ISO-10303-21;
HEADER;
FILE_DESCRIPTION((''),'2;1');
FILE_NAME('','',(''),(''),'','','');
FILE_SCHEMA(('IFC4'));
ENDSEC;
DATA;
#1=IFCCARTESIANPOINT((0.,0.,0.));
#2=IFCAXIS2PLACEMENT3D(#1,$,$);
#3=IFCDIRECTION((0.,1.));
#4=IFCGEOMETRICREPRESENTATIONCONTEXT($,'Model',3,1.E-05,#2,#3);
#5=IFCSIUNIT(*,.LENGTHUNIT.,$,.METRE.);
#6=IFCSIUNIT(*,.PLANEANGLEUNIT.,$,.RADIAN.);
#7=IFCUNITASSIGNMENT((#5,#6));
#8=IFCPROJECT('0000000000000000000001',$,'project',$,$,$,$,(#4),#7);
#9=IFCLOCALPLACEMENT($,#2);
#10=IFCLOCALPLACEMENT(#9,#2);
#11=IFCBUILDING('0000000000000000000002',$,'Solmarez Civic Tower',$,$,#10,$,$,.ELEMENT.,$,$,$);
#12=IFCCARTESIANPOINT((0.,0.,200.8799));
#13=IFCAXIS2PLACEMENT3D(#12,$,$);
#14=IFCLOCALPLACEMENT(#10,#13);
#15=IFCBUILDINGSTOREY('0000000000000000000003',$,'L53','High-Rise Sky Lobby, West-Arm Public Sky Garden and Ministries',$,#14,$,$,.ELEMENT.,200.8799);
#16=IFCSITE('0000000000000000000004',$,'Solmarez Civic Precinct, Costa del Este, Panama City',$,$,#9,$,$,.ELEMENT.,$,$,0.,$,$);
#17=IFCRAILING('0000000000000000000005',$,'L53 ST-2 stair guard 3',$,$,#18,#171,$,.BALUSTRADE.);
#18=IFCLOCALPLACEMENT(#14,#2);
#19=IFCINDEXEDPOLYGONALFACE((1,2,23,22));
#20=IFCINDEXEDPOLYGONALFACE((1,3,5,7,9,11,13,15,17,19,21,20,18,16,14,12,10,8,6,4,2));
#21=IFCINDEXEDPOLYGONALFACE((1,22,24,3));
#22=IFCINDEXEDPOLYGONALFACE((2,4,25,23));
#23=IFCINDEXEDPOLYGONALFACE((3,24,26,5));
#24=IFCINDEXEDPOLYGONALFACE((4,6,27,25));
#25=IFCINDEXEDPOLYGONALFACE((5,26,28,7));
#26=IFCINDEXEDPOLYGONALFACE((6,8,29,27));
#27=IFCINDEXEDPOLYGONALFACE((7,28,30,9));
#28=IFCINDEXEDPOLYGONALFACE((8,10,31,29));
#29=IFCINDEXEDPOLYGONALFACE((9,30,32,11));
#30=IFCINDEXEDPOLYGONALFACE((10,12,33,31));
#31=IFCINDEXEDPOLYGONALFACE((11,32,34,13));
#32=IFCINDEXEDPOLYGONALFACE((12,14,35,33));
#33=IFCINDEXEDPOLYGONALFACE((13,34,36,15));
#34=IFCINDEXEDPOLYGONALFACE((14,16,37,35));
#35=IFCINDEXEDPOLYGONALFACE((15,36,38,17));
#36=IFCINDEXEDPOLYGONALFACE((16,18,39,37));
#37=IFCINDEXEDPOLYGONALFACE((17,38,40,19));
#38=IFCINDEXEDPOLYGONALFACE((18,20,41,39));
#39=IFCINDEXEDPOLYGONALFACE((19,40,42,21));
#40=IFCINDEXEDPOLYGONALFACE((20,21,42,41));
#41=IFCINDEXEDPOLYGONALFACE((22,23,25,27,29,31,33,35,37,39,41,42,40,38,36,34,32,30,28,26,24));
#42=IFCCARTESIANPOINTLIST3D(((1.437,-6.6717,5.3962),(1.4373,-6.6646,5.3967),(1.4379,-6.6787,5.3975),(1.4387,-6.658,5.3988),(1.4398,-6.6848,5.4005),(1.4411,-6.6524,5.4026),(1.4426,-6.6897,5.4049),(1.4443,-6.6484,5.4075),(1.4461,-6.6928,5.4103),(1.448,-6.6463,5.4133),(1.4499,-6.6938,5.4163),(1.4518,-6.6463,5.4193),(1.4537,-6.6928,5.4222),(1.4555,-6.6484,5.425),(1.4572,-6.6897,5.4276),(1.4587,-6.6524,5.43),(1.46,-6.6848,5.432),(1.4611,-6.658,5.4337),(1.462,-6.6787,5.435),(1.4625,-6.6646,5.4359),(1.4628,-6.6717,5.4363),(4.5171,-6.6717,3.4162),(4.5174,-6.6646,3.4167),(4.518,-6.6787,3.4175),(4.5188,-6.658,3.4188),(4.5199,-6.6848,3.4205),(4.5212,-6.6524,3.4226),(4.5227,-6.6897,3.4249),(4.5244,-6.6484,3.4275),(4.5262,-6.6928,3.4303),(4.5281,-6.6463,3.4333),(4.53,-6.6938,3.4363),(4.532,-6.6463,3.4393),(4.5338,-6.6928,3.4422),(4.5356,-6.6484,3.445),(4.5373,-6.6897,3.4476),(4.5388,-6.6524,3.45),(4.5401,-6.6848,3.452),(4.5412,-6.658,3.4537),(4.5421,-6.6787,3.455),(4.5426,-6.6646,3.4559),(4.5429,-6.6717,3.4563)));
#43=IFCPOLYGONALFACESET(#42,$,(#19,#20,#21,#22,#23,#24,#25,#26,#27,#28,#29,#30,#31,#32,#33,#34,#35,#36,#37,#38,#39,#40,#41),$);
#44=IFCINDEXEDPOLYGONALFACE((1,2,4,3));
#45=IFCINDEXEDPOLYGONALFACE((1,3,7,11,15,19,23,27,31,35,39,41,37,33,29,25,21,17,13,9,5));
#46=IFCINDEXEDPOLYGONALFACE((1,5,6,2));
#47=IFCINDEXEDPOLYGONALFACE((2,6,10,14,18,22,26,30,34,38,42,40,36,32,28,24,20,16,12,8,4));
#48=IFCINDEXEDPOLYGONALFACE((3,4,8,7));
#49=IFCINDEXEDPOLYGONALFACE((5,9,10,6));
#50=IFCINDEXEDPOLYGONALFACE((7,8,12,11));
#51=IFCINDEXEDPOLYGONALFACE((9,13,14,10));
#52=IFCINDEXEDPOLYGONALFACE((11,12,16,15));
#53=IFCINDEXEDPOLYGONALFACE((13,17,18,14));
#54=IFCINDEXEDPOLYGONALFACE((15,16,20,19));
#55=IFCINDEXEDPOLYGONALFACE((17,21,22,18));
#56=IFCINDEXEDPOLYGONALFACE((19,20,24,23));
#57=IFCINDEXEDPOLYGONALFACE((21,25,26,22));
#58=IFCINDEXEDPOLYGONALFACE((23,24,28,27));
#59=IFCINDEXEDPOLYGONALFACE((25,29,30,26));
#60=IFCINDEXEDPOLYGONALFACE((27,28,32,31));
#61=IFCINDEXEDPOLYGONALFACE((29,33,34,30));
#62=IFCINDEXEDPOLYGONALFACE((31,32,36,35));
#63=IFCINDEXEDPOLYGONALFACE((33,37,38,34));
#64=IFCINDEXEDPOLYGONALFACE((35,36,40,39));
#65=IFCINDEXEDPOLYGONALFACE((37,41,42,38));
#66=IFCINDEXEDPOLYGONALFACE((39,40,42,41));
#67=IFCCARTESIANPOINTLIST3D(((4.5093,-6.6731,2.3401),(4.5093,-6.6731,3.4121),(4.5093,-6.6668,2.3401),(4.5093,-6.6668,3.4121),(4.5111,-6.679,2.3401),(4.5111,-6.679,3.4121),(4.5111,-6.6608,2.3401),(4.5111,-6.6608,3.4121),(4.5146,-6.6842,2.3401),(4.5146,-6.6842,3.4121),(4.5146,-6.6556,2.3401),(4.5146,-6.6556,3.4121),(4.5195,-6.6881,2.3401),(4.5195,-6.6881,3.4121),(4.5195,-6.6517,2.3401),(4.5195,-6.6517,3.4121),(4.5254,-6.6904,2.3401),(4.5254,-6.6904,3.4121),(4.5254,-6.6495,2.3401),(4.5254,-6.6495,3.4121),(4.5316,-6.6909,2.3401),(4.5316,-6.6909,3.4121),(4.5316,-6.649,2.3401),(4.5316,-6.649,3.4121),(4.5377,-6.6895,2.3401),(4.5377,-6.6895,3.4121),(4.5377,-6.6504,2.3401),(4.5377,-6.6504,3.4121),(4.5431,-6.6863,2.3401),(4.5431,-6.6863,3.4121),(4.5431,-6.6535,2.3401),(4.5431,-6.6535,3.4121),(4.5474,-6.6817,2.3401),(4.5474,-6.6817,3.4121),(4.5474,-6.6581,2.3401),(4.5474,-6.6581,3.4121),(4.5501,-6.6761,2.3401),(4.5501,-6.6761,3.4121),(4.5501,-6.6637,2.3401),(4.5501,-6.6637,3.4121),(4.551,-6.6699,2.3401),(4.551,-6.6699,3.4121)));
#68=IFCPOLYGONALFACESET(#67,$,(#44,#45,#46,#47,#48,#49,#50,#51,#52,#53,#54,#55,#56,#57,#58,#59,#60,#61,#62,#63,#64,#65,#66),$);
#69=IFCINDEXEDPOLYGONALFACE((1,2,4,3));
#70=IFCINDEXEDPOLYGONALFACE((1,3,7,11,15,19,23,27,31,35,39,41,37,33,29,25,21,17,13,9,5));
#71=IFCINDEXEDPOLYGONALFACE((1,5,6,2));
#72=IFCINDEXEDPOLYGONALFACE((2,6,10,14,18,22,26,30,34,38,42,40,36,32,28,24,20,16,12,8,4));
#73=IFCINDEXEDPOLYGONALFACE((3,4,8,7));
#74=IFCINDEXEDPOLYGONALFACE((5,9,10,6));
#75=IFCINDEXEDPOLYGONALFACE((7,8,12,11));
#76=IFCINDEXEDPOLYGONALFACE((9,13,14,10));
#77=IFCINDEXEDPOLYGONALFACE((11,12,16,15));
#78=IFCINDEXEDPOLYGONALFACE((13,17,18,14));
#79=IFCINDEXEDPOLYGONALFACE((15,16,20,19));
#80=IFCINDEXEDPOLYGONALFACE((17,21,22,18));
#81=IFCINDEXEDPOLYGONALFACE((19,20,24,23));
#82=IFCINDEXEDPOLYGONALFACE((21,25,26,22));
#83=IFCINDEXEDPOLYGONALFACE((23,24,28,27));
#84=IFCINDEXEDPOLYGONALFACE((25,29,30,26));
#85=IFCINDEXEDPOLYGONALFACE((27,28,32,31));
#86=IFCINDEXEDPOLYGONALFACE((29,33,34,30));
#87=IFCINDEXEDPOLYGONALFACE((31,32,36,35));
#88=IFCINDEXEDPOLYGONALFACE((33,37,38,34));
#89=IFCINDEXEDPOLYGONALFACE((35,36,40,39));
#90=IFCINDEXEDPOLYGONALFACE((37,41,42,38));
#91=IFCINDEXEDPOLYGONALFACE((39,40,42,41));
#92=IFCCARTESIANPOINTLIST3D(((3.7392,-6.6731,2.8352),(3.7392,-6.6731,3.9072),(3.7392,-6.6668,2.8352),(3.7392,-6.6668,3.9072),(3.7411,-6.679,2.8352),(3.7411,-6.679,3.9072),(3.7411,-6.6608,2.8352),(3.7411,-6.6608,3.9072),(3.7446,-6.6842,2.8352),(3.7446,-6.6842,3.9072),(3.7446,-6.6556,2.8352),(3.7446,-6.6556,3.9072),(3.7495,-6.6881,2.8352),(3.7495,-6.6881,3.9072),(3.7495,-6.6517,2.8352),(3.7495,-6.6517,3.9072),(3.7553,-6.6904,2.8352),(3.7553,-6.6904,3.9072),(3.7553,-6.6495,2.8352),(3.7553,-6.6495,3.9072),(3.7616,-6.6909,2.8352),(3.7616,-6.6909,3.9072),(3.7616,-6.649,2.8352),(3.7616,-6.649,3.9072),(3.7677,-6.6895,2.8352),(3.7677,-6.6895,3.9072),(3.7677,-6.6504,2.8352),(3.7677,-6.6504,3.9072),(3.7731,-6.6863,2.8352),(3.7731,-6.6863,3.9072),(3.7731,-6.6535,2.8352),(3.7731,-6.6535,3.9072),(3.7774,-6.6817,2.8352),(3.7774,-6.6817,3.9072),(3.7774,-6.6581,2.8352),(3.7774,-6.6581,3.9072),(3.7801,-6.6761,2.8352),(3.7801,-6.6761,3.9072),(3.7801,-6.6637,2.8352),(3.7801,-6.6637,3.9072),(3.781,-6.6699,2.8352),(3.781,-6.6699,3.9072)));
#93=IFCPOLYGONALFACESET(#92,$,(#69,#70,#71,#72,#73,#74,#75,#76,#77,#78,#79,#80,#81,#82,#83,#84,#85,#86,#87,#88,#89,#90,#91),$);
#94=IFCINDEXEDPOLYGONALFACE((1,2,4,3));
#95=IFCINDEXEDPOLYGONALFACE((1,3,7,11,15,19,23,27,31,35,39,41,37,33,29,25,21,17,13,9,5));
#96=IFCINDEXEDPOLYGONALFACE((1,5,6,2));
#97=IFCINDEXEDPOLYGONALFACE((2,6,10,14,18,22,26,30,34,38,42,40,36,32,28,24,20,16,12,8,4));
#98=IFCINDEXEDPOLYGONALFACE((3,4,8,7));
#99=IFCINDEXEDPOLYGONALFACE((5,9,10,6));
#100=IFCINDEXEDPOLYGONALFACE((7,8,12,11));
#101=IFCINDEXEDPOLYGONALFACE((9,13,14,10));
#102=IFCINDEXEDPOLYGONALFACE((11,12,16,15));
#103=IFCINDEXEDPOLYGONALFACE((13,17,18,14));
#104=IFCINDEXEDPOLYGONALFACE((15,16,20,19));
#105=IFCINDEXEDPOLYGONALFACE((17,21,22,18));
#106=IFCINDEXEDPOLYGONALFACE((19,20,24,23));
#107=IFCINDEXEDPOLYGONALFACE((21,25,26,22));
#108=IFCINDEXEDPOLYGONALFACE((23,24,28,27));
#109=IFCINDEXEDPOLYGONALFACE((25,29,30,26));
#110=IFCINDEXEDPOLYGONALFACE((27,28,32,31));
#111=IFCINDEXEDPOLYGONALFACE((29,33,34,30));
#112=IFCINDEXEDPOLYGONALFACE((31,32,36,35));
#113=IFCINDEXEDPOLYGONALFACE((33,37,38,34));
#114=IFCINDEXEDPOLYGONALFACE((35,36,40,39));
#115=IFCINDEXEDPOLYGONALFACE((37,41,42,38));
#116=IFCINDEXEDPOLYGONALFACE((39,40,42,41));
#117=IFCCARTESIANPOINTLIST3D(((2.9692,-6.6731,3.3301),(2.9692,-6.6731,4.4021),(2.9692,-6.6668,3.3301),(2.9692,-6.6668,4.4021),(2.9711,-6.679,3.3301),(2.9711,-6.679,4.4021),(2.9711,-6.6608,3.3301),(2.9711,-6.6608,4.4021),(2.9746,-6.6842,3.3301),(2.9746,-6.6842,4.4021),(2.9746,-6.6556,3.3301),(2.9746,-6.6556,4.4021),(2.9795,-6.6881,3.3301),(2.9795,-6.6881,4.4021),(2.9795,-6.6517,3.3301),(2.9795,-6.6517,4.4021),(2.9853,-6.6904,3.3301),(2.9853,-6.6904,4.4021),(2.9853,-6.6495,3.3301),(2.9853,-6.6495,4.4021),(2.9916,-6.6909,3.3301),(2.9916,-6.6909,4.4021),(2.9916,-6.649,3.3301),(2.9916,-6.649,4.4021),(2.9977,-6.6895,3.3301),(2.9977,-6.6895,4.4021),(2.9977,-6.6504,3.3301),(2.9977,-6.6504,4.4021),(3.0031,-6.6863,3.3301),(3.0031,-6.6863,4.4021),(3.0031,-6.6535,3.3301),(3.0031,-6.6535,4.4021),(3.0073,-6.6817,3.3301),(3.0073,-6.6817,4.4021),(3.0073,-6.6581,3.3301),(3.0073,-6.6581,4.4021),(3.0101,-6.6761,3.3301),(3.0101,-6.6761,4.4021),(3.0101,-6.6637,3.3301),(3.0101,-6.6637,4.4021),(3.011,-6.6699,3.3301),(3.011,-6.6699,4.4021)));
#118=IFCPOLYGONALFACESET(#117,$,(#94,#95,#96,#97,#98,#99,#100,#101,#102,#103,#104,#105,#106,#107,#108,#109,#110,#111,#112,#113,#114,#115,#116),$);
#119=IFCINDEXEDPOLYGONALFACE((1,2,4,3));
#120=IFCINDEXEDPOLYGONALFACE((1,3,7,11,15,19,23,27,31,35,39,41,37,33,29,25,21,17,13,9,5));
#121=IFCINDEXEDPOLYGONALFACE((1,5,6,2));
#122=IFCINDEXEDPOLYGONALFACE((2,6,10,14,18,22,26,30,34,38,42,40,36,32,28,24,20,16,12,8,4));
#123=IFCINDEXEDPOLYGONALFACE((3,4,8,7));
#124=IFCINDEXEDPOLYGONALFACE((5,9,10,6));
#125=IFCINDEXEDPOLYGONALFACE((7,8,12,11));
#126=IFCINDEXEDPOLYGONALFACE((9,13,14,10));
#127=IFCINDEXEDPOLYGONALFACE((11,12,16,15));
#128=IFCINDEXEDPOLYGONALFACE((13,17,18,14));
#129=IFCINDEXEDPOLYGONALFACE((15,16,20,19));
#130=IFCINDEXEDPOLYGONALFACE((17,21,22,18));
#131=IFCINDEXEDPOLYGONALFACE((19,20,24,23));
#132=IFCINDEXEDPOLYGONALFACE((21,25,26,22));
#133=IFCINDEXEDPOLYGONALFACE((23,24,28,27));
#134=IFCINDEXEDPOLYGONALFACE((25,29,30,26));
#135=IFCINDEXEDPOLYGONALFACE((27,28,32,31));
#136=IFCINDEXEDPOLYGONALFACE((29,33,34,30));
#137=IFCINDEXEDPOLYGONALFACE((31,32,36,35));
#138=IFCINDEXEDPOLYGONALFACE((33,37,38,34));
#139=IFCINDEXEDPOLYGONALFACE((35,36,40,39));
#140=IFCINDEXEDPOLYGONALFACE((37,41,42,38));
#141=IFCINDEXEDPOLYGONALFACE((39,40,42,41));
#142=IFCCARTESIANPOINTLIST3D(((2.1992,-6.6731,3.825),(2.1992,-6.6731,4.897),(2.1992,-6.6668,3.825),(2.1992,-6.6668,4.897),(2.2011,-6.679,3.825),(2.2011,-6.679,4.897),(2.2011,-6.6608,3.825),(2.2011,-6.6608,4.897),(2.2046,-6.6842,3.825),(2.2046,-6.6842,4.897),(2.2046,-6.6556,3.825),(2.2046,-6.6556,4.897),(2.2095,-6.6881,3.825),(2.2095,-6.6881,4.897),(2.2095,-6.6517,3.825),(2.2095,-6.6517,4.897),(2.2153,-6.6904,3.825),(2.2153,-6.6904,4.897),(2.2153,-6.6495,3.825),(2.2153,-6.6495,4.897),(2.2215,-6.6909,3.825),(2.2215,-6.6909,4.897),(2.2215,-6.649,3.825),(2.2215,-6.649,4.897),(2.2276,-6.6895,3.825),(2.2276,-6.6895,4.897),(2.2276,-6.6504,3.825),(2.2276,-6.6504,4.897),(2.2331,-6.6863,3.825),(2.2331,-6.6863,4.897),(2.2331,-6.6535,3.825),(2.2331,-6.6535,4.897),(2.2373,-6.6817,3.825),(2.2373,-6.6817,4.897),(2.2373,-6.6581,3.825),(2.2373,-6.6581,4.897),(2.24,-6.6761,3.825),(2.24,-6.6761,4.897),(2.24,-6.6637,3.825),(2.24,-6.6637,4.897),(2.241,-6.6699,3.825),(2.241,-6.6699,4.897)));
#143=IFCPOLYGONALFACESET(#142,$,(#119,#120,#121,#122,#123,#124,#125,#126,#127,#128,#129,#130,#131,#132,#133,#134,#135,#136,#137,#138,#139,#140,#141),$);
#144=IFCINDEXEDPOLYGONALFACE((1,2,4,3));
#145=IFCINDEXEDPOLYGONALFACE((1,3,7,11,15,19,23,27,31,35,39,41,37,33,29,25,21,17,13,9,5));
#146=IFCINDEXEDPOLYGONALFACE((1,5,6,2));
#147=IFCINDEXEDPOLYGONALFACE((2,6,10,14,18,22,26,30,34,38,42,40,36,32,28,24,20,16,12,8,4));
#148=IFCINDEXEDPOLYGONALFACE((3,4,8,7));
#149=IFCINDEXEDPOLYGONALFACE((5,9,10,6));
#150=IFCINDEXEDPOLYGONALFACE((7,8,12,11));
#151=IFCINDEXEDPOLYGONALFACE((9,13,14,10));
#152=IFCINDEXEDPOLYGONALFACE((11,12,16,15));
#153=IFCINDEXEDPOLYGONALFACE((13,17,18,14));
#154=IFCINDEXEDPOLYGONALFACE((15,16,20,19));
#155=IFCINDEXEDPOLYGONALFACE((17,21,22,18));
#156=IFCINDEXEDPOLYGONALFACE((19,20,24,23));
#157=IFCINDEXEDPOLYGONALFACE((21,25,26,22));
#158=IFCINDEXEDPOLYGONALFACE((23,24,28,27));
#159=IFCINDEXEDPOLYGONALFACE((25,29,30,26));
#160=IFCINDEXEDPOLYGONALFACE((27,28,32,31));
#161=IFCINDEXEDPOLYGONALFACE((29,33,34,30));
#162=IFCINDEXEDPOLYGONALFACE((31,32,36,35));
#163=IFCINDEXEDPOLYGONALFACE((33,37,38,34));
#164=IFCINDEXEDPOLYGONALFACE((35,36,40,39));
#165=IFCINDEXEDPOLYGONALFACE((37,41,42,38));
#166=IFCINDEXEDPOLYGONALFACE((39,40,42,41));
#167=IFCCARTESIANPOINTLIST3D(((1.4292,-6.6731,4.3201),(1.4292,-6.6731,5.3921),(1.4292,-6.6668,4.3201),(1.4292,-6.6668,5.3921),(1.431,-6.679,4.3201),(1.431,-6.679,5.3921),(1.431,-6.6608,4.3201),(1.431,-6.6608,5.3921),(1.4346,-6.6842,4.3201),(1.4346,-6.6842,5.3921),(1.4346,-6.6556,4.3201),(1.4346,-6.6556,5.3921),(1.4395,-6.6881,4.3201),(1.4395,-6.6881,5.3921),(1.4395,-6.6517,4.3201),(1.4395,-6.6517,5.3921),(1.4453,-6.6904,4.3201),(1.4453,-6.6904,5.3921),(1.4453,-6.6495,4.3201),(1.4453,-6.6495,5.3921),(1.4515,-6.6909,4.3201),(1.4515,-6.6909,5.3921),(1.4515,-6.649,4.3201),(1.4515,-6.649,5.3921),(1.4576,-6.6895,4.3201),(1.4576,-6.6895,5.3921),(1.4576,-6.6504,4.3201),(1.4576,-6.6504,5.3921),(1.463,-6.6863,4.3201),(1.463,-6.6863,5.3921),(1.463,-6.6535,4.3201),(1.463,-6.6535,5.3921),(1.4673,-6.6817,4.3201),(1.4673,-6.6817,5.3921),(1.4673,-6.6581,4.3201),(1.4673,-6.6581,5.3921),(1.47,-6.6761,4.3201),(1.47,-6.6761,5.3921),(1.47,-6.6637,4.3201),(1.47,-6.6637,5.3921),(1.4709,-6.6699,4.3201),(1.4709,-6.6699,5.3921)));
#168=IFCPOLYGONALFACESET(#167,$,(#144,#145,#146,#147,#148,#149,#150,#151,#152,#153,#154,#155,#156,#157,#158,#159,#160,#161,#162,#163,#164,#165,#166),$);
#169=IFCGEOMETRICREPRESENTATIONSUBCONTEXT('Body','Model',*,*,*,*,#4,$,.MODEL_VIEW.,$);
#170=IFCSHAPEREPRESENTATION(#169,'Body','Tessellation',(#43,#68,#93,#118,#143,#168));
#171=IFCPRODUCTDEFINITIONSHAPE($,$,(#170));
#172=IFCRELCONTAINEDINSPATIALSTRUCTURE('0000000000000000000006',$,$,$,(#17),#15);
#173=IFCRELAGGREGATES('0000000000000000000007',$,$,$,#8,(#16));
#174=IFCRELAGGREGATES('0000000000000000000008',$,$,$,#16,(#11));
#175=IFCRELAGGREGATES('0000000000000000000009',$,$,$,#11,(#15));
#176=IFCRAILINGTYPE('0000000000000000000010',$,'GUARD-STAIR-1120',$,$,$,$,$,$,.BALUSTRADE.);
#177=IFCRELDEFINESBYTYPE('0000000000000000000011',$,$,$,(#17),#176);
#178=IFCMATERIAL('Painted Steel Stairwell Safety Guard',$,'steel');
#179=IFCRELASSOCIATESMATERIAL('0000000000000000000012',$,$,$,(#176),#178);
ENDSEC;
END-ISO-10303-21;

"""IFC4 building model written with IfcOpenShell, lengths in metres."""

from ifc_helpers import new_model, si_unit, direction, frame, origin, origin_2d, place, context, subcontext, project, spatial, circle, extrude, material, type_object, element, save


model = new_model("IFC4")

# Units and contexts
model_context = context("Model", 3, precision=1e-05, world=origin(), true_north=direction((0.0, 1.0)))
body_context = subcontext(model_context, "Body", "Model", "MODEL_VIEW")
ifc_project = project(units=[si_unit("LENGTHUNIT", "METRE"), si_unit("PLANEANGLEUNIT", "RADIAN")], contexts=[model_context])

# Site, building, storey
site_placement = place(None, origin())
site = spatial("IfcSite", under=ifc_project, at=site_placement, Name="Solmarez Civic Precinct, Costa del Este, Panama City", CompositionType="ELEMENT", RefElevation=0.0)
building_placement = place(site_placement, origin())
building = spatial("IfcBuilding", under=site, at=building_placement, Name="Solmarez Civic Tower", CompositionType="ELEMENT")
storey_placement = place(building_placement, frame((0.0, 0.0, 200.8799)))
storey = spatial("IfcBuildingStorey", under=building, at=storey_placement, Name="L53", Description="High-Rise Sky Lobby, West-Arm Public Sky Garden and Ministries", CompositionType="ELEMENT", Elevation=200.8799)

# Railing
ifc_material_1 = material(Name="Painted Steel Stairwell Safety Guard", Category="steel")
railing_type_1 = type_object("IfcRailingType", Name="GUARD-STAIR-1120", PredefinedType="BALUSTRADE", material=ifc_material_1)
railing_1_placement = place(storey_placement, frame((4.53, -6.6699, 2.3401)))
element("IfcRailing", 1, at=railing_1_placement, inside=storey, type_object=railing_type_1, Name="L53 ST-2 stair guard 3", PredefinedType="BALUSTRADE", context=body_context, shape_type="SweptSolid", body=[
    extrude(circle(Radius=0.0239, at=origin_2d()), frame((0.0, 0.0, 1.0962), z_axis=(-0.841187, 0.0, 0.540744), x_axis=(0.0, -1.0, 0.0)), (0.0, 0.0, 1.0), 3.6616),
    extrude(circle(Radius=0.021, at=origin_2d()), origin(), (0.0, 0.0, 1.0), 1.072),
    extrude(circle(Radius=0.021, at=origin_2d()), frame((-0.77, 0.0, 0.4951)), (0.0, 0.0, 1.0), 1.072),
    extrude(circle(Radius=0.021, at=origin_2d()), frame((-1.54, 0.0, 0.99)), (0.0, 0.0, 1.0), 1.072),
    extrude(circle(Radius=0.021, at=origin_2d()), frame((-2.3101, 0.0, 1.4849)), (0.0, 0.0, 1.0), 1.072),
    extrude(circle(Radius=0.021, at=origin_2d()), frame((-3.0801, 0.0, 1.98)), (0.0, 0.0, 1.0), 1.072),
])

save(model, "model.ifc")
